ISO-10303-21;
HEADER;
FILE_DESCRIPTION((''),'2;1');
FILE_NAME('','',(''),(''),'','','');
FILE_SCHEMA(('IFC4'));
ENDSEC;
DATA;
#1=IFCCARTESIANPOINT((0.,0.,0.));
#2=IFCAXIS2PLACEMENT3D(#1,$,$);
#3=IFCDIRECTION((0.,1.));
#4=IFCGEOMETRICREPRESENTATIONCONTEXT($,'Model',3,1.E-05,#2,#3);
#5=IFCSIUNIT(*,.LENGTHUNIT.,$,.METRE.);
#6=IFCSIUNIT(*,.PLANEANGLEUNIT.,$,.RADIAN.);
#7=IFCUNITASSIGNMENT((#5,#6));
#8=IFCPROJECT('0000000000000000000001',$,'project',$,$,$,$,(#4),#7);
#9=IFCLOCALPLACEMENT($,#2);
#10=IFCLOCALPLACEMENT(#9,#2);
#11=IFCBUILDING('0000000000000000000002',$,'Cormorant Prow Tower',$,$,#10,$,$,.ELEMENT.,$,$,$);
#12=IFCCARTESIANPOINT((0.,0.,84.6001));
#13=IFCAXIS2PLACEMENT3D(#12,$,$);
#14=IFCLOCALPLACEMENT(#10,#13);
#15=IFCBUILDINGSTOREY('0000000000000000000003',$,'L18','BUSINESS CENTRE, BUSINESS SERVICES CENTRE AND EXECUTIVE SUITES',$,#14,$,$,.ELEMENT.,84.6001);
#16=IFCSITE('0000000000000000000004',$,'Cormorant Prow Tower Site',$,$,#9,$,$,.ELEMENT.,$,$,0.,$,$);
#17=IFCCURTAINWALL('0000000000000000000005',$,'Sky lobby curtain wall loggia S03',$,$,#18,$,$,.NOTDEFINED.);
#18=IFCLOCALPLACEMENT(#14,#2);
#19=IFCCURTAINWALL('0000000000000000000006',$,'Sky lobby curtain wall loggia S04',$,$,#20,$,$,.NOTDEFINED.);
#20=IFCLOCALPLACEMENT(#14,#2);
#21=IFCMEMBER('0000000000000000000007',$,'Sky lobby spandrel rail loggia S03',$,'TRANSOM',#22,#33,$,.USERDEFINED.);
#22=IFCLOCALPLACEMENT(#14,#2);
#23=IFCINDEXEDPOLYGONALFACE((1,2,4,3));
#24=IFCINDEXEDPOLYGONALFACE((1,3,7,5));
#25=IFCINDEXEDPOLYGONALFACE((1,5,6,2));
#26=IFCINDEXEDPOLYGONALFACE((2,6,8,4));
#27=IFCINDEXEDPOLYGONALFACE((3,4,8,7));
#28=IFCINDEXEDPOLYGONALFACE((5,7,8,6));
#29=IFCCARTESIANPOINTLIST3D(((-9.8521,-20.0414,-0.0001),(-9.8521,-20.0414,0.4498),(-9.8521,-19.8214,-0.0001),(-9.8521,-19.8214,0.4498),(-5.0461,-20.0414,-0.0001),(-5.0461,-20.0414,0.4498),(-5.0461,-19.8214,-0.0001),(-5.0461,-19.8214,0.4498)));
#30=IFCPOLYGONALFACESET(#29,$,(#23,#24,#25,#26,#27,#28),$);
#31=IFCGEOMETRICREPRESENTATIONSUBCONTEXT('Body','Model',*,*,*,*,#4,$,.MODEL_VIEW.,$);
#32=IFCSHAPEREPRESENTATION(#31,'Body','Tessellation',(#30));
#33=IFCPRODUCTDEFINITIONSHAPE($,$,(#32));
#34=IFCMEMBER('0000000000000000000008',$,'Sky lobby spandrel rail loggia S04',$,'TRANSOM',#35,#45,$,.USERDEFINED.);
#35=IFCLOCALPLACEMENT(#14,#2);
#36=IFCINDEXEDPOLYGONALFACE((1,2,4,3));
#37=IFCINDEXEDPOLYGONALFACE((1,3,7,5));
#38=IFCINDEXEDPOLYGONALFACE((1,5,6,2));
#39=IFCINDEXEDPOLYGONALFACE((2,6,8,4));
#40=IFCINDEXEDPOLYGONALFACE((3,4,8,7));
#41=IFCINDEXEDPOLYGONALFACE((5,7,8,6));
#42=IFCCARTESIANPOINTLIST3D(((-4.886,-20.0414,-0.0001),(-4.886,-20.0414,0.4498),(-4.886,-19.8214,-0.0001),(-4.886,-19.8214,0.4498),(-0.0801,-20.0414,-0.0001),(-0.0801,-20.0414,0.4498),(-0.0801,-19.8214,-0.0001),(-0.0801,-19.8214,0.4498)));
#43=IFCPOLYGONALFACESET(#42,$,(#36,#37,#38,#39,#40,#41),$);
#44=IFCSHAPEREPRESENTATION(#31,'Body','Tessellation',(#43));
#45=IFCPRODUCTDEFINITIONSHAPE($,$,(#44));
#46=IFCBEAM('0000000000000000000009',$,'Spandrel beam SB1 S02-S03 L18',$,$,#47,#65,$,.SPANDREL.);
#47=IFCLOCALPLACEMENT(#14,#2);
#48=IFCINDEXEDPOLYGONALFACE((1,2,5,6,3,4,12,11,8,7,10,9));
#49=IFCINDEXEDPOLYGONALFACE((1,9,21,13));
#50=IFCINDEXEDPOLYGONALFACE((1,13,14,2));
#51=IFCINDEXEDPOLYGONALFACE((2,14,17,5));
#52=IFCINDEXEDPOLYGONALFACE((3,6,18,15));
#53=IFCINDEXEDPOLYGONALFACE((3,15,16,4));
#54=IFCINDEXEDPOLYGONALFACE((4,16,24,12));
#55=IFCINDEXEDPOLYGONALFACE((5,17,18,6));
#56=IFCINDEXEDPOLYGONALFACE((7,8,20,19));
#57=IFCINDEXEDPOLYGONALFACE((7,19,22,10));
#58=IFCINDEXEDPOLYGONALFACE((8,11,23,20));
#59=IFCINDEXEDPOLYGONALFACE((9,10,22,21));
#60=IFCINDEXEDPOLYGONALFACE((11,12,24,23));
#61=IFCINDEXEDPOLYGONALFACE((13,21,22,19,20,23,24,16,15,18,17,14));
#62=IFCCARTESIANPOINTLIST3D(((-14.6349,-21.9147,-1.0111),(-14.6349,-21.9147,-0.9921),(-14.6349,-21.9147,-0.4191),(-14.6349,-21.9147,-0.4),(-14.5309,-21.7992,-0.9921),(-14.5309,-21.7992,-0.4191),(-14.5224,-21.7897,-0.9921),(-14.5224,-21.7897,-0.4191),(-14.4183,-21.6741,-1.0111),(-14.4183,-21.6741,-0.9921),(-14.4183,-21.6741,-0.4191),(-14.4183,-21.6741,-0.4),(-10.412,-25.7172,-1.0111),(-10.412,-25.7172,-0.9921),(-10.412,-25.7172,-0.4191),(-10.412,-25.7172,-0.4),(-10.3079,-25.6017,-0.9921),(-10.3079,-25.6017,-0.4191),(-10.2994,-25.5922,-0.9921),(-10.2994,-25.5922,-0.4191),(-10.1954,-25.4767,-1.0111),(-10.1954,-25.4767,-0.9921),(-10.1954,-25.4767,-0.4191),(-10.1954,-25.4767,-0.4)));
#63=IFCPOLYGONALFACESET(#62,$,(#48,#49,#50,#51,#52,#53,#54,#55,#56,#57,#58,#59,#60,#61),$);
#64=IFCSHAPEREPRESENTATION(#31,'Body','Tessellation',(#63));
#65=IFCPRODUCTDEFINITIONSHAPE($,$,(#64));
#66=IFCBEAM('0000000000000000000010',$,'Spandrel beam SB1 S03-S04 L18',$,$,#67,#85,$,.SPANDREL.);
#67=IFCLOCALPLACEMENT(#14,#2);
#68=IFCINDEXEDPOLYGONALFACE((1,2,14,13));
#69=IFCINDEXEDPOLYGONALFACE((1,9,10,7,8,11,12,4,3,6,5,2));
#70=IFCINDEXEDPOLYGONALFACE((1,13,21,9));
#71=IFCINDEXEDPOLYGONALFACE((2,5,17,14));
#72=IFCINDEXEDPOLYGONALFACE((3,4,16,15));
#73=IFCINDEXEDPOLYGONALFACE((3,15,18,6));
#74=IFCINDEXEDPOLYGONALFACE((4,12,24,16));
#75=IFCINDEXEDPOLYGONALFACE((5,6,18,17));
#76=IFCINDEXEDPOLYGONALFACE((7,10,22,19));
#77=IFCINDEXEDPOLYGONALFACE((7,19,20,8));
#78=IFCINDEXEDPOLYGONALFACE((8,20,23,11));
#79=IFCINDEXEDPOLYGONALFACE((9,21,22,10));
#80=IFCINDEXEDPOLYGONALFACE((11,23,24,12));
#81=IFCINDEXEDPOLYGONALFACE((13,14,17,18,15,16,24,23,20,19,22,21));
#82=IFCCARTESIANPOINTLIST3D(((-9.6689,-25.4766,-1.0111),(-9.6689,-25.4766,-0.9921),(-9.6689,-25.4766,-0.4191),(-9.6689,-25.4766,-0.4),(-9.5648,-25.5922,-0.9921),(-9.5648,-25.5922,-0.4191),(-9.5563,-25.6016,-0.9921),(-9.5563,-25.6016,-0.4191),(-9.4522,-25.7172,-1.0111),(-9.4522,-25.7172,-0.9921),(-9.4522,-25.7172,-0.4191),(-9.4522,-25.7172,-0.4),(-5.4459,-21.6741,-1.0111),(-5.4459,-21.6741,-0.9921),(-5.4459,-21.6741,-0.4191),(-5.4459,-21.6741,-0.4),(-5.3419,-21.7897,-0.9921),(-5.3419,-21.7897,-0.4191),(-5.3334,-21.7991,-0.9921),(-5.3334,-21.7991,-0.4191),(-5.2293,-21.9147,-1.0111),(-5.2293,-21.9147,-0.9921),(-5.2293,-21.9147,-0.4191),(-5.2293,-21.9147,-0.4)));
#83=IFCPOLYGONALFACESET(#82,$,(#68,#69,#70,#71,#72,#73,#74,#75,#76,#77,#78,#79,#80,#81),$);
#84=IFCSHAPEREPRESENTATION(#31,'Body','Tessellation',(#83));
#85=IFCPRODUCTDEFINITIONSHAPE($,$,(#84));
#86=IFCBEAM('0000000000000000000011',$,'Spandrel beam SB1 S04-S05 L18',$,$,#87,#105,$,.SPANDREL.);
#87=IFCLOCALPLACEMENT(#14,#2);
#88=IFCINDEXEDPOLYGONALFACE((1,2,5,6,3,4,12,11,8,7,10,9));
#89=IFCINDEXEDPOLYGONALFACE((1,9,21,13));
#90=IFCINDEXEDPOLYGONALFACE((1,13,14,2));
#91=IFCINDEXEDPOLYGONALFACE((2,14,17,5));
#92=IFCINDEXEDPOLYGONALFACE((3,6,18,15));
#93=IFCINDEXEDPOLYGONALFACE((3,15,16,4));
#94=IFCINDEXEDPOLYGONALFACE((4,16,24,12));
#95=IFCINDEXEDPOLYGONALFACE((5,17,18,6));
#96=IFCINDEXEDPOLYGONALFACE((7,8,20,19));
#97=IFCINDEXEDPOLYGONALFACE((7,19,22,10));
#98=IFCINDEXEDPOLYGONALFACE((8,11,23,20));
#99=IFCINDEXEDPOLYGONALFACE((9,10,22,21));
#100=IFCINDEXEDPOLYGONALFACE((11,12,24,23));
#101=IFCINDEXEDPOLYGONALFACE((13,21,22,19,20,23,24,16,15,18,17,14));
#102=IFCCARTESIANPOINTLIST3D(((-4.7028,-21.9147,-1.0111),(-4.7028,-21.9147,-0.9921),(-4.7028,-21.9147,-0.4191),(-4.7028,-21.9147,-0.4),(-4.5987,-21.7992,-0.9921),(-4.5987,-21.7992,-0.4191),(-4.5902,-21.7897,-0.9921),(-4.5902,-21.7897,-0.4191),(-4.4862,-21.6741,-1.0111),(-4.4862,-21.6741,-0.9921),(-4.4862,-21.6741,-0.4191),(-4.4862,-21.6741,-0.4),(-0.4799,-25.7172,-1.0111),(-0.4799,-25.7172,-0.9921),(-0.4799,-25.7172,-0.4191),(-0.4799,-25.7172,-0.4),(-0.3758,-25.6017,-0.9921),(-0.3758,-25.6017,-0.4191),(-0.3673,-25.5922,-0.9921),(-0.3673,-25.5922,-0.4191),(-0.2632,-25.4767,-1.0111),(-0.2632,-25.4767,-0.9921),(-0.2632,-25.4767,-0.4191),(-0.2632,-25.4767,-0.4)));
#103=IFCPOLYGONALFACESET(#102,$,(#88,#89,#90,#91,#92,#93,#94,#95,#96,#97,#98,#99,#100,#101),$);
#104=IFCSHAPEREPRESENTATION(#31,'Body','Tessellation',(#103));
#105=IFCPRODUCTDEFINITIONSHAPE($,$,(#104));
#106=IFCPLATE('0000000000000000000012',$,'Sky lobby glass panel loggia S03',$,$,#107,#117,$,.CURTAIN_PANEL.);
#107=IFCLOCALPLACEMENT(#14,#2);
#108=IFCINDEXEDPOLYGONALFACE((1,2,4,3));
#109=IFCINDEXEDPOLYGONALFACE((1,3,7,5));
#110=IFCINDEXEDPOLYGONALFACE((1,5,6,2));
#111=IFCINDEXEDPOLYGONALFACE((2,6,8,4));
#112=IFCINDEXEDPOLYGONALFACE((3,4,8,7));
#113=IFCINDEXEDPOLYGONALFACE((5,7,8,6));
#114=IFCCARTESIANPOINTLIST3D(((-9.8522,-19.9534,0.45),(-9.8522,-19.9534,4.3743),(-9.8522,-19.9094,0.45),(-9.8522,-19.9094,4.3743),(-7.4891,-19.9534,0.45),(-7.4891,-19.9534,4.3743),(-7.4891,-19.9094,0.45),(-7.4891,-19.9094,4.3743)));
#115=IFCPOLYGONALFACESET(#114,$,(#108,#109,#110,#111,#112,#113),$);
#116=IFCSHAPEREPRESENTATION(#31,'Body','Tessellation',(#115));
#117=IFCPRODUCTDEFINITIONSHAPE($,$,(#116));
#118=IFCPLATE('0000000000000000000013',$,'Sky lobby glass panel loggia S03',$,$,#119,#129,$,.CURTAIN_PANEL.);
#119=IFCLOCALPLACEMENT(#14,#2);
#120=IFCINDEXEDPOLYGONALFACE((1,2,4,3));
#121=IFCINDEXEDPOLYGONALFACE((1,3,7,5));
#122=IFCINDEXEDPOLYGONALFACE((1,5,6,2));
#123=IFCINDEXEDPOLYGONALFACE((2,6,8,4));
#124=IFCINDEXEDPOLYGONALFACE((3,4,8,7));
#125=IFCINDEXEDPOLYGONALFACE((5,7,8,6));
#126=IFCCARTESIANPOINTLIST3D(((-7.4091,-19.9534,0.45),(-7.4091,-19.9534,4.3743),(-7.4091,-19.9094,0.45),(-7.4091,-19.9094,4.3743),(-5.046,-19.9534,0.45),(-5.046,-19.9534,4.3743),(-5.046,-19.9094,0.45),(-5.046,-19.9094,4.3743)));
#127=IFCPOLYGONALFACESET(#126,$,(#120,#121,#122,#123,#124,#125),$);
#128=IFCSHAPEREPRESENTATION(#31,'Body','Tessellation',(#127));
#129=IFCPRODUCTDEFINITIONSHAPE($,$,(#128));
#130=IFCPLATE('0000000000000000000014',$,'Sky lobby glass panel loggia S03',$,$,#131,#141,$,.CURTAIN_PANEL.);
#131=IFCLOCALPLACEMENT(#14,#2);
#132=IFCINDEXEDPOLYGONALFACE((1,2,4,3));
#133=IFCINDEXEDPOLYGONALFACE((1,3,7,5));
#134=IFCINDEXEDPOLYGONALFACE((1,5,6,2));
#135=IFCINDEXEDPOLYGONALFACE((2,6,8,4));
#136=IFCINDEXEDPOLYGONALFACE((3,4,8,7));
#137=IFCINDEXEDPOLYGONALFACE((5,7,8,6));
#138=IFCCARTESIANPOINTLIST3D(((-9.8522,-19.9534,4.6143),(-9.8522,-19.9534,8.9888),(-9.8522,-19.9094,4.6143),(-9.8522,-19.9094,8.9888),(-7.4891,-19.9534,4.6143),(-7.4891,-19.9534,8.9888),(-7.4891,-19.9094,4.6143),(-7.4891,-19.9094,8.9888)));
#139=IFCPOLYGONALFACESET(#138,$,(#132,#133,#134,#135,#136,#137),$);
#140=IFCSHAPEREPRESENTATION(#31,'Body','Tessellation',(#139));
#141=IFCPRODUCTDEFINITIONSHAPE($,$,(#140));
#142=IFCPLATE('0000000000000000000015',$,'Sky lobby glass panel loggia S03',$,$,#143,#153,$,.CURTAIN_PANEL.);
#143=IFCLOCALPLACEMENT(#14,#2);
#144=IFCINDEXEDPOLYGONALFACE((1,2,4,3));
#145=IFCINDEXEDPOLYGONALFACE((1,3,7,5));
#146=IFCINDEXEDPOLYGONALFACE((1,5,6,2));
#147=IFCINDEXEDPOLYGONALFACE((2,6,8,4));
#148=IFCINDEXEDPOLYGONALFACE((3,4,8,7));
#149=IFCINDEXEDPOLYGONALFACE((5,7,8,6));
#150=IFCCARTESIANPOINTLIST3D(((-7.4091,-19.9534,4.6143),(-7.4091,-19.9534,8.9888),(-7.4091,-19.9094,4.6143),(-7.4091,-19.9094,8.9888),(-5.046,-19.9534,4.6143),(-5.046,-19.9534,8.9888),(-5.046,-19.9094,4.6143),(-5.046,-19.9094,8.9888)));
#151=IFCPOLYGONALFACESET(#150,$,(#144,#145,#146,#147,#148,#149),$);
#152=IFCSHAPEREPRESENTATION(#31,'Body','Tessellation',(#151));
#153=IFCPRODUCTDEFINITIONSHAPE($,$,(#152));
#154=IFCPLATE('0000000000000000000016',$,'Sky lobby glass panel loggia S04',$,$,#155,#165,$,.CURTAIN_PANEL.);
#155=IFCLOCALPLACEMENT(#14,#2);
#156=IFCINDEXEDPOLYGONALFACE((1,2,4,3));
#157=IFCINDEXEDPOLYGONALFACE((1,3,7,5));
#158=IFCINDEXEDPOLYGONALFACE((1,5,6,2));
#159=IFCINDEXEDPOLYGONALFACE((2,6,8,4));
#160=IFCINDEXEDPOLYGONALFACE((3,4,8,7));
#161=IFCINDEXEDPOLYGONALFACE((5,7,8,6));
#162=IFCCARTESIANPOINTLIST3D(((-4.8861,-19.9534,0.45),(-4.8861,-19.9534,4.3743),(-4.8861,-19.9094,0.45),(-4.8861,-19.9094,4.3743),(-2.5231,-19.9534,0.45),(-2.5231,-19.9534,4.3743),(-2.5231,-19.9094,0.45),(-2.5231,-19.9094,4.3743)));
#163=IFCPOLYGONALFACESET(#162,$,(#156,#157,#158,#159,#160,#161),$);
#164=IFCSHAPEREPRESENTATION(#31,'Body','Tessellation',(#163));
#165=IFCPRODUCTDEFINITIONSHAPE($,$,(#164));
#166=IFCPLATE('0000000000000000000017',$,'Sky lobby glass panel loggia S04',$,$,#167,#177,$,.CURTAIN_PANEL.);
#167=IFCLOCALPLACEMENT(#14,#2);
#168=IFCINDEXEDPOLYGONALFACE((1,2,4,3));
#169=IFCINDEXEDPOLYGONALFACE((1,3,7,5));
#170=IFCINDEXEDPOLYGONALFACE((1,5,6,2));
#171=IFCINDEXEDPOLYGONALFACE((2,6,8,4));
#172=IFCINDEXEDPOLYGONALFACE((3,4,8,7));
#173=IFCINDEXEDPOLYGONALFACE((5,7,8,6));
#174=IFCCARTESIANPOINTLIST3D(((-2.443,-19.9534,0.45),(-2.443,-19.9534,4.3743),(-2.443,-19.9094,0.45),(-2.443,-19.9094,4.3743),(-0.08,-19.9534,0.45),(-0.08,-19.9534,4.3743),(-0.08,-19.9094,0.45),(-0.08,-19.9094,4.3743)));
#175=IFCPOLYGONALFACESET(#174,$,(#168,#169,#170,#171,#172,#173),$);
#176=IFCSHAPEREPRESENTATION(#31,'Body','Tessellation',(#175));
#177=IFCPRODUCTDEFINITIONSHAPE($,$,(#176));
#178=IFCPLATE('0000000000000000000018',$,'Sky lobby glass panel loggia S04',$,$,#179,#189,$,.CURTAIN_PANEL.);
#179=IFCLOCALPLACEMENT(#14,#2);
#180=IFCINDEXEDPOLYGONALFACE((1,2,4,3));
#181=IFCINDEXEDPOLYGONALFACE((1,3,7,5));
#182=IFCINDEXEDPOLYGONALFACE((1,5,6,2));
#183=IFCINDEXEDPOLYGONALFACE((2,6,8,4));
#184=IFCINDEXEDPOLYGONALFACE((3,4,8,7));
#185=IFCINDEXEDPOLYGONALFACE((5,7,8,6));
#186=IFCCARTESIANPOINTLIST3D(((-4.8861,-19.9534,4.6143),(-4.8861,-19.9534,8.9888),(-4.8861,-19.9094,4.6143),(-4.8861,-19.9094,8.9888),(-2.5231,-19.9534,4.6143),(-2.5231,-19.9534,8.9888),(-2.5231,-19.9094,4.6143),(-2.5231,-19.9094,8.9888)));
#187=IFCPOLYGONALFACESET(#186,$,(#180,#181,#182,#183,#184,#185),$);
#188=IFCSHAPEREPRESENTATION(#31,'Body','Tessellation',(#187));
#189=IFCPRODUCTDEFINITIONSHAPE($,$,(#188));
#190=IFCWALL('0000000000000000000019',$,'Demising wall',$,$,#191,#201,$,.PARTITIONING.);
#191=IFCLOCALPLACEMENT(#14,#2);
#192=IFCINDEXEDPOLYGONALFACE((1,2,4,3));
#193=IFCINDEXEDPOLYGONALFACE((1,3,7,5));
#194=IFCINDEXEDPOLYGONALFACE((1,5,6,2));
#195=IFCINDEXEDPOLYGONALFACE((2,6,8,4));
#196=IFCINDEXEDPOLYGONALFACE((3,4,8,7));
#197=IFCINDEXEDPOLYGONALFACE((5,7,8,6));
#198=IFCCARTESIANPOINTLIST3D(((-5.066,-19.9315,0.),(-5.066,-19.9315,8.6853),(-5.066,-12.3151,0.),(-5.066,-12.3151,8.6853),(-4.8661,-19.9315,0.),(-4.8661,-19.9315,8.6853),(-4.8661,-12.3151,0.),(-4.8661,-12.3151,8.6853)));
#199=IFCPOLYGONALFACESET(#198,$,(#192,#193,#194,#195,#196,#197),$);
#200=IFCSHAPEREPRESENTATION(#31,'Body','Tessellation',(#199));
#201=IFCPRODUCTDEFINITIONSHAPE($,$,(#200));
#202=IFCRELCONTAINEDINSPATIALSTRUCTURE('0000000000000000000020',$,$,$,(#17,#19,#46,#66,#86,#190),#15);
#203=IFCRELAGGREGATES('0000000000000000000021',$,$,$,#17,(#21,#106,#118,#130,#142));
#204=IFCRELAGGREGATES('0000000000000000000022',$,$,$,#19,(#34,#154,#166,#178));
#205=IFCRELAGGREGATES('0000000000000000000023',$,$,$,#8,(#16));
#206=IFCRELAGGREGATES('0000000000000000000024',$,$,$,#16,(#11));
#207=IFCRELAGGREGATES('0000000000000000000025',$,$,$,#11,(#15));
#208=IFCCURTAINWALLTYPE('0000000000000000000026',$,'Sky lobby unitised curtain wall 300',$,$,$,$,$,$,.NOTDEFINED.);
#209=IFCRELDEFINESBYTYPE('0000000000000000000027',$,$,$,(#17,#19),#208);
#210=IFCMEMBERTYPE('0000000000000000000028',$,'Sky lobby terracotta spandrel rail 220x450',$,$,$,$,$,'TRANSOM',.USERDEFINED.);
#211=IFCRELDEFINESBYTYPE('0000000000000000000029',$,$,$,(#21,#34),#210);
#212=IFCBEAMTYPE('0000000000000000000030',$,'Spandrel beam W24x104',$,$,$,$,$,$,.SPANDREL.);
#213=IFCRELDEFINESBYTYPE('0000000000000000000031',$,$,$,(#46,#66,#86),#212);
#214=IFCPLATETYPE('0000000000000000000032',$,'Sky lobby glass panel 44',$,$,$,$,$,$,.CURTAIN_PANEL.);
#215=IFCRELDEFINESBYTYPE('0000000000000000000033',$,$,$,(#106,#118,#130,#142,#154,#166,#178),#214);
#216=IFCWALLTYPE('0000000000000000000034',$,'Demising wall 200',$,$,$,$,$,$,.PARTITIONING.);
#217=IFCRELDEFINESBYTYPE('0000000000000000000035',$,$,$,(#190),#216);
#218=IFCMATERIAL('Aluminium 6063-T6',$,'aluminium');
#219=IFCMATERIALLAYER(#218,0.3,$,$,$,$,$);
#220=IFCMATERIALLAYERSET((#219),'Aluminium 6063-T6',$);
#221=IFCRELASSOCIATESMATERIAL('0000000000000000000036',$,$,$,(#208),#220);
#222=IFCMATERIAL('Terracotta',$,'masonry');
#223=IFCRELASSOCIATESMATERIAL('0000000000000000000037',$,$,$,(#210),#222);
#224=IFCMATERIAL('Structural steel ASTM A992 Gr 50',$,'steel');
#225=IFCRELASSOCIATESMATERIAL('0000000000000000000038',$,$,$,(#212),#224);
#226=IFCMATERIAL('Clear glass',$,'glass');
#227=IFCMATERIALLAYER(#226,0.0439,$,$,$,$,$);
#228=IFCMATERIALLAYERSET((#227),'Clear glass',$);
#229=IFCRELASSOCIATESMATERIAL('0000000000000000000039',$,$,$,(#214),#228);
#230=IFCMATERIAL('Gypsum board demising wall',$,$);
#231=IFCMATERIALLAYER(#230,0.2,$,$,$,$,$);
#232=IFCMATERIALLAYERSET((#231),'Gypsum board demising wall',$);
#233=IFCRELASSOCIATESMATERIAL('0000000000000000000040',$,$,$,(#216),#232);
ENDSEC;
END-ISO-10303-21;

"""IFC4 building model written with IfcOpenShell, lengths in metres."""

from ifc_helpers import new_model, si_unit, direction, frame, frame_2d, origin, origin_2d, place, context, subcontext, project, spatial, rectangle, i_section, extrude, material, layer, layer_set, material_profile, profile_set, type_object, element, aggregate, save


model = new_model("IFC4")

# Units and contexts
model_context = context("Model", 3, precision=1e-05, world=origin(), true_north=direction((0.0, 1.0)))
body_context = subcontext(model_context, "Body", "Model", "MODEL_VIEW")
ifc_project = project(units=[si_unit("LENGTHUNIT", "METRE"), si_unit("PLANEANGLEUNIT", "RADIAN")], contexts=[model_context])

# Site, building, storey
site_placement = place(None, origin())
site = spatial("IfcSite", under=ifc_project, at=site_placement, Name="Cormorant Prow Tower Site", CompositionType="ELEMENT", RefElevation=0.0)
building_placement = place(site_placement, origin())
building = spatial("IfcBuilding", under=site, at=building_placement, Name="Cormorant Prow Tower", CompositionType="ELEMENT")
storey_placement = place(building_placement, frame((0.0, 0.0, 84.6001)))
storey = spatial("IfcBuildingStorey", under=building, at=storey_placement, Name="L18", Description="BUSINESS CENTRE, BUSINESS SERVICES CENTRE AND EXECUTIVE SUITES", CompositionType="ELEMENT", Elevation=84.6001)

# Curtain walls
ifc_material_1 = material(Name="Aluminium 6063-T6", Category="aluminium")
ifc_layer_1 = layer(ifc_material_1, 0.3)
ifc_layer_set_1 = layer_set([ifc_layer_1], Name="Aluminium 6063-T6")
curtain_wall_type = type_object("IfcCurtainWallType", Name="Sky lobby unitised curtain wall 300", PredefinedType="NOTDEFINED", material=ifc_layer_set_1)
curtain_wall_1_placement = place(storey_placement, origin())
curtain_wall_1 = element("IfcCurtainWall", 1, at=curtain_wall_1_placement, inside=storey, type_object=curtain_wall_type, Name="Sky lobby curtain wall loggia S03", PredefinedType="NOTDEFINED")
curtain_wall_2_placement = place(storey_placement, origin())
curtain_wall_2 = element("IfcCurtainWall", 2, at=curtain_wall_2_placement, inside=storey, type_object=curtain_wall_type, Name="Sky lobby curtain wall loggia S04", PredefinedType="NOTDEFINED")

# Members
ifc_material_2 = material(Name="Terracotta", Category="masonry")
ifc_material_profile_1 = material_profile(ifc_material_2, rectangle(XDim=0.22, YDim=0.45, at=origin_2d()), Name="Sky lobby terracotta spandrel rail 220x450")
ifc_profile_set_1 = profile_set([ifc_material_profile_1], Name="Terracotta")
member_type_1 = type_object("IfcMemberType", Name="Sky lobby terracotta spandrel rail 220x450", ElementType="TRANSOM", PredefinedType="USERDEFINED", material=ifc_profile_set_1)
member_1_placement = place(storey_placement, frame((-9.8521, -19.9314, 0.2249), z_axis=(1.0, 0.0, 0.0), x_axis=(0.0, 1.0, 0.0)))
member_1 = element("IfcMember", 3, at=member_1_placement, type_object=member_type_1, Name="Sky lobby spandrel rail loggia S03", ObjectType="TRANSOM", PredefinedType="USERDEFINED", context=body_context, shape_type="SweptSolid", body=[
    extrude(rectangle(XDim=0.22, YDim=0.45, at=origin_2d()), origin(), (0.0, 0.0, 1.0), 4.8059),
])
member_2_placement = place(storey_placement, frame((-4.886, -19.9314, 0.2249), z_axis=(1.0, 0.0, 0.0), x_axis=(0.0, 1.0, 0.0)))
member_2 = element("IfcMember", 4, at=member_2_placement, type_object=member_type_1, Name="Sky lobby spandrel rail loggia S04", ObjectType="TRANSOM", PredefinedType="USERDEFINED", context=body_context, shape_type="SweptSolid", body=[
    extrude(rectangle(XDim=0.22, YDim=0.45, at=origin_2d()), origin(), (0.0, 0.0, 1.0), 4.8059),
])

# Beams
ifc_material_3 = material(Name="Structural steel ASTM A992 Gr 50", Category="steel")
ifc_material_profile_2 = material_profile(ifc_material_3, i_section(OverallWidth=0.3237, OverallDepth=0.6111, WebThickness=0.0127, FlangeThickness=0.019, at=origin_2d()), Name="W24x104")
ifc_profile_set_2 = profile_set([ifc_material_profile_2], Name="Structural steel ASTM A992 Gr 50")
beam_type = type_object("IfcBeamType", Name="Spandrel beam W24x104", PredefinedType="SPANDREL", material=ifc_profile_set_2)
for number, where, z_axis, x_axis, name in (
    (5, (-14.5266, -21.7944, -0.7056), (0.74313, -0.669147, 0.0), (0.669147, 0.74313, 0.0), "Spandrel beam SB1 S02-S03 L18"),
    (6, (-9.5605, -25.5969, -0.7056), (0.74313, 0.669147, 0.0), (-0.669147, 0.74313, 0.0), "Spandrel beam SB1 S03-S04 L18"),
    (7, (-4.5945, -21.7944, -0.7056), (0.74313, -0.669147, 0.0), (0.669147, 0.74313, 0.0), "Spandrel beam SB1 S04-S05 L18"),
):
    element("IfcBeam", number, at=place(storey_placement, frame(where, z_axis=z_axis, x_axis=x_axis)), inside=storey, type_object=beam_type, Name=name, PredefinedType="SPANDREL", context=body_context, shape_type="SweptSolid", body=[
        extrude(i_section(OverallWidth=0.3237, OverallDepth=0.6111, WebThickness=0.0127, FlangeThickness=0.019, at=origin_2d()), origin(), (0.0, 0.0, 1.0), 5.6826),
    ])

# Plates
ifc_material_4 = material(Name="Clear glass", Category="glass")
ifc_layer_2 = layer(ifc_material_4, 0.0439)
ifc_layer_set_2 = layer_set([ifc_layer_2], Name="Clear glass")
plate_type = type_object("IfcPlateType", Name="Sky lobby glass panel 44", PredefinedType="CURTAIN_PANEL", material=ifc_layer_set_2)
plate_1_placement = place(storey_placement, frame((-8.6707, -19.9314, 0.45), z_axis=(0.0, 0.0, 1.0), x_axis=(1.0, 0.0, 0.0)))
plate_1 = element("IfcPlate", 8, at=plate_1_placement, type_object=plate_type, Name="Sky lobby glass panel loggia S03", PredefinedType="CURTAIN_PANEL", context=body_context, shape_type="SweptSolid", body=[
    extrude(rectangle(XDim=2.363, YDim=0.0439, at=origin_2d()), origin(), (0.0, 0.0, 1.0), 3.9243),
])
plate_2_placement = place(storey_placement, frame((-6.2275, -19.9314, 0.45), z_axis=(0.0, 0.0, 1.0), x_axis=(1.0, 0.0, 0.0)))
plate_2 = element("IfcPlate", 9, at=plate_2_placement, type_object=plate_type, Name="Sky lobby glass panel loggia S03", PredefinedType="CURTAIN_PANEL", context=body_context, shape_type="SweptSolid", body=[
    extrude(rectangle(XDim=2.363, YDim=0.0439, at=origin_2d()), origin(), (0.0, 0.0, 1.0), 3.9243),
])
plate_3_placement = place(storey_placement, frame((-8.6707, -19.9314, 4.6143), z_axis=(0.0, 0.0, 1.0), x_axis=(1.0, 0.0, 0.0)))
plate_3 = element("IfcPlate", 10, at=plate_3_placement, type_object=plate_type, Name="Sky lobby glass panel loggia S03", PredefinedType="CURTAIN_PANEL", context=body_context, shape_type="SweptSolid", body=[
    extrude(rectangle(XDim=2.363, YDim=0.0439, at=origin_2d()), origin(), (0.0, 0.0, 1.0), 4.3745),
])
plate_4_placement = place(storey_placement, frame((-6.2275, -19.9314, 4.6143), z_axis=(0.0, 0.0, 1.0), x_axis=(1.0, 0.0, 0.0)))
plate_4 = element("IfcPlate", 11, at=plate_4_placement, type_object=plate_type, Name="Sky lobby glass panel loggia S03", PredefinedType="CURTAIN_PANEL", context=body_context, shape_type="SweptSolid", body=[
    extrude(rectangle(XDim=2.363, YDim=0.0439, at=origin_2d()), origin(), (0.0, 0.0, 1.0), 4.3745),
])
aggregate(curtain_wall_1, [member_1, plate_1, plate_2, plate_3, plate_4])
plate_5_placement = place(storey_placement, frame((-3.7046, -19.9314, 0.45), z_axis=(0.0, 0.0, 1.0), x_axis=(1.0, 0.0, 0.0)))
plate_5 = element("IfcPlate", 12, at=plate_5_placement, type_object=plate_type, Name="Sky lobby glass panel loggia S04", PredefinedType="CURTAIN_PANEL", context=body_context, shape_type="SweptSolid", body=[
    extrude(rectangle(XDim=2.363, YDim=0.0439, at=origin_2d()), origin(), (0.0, 0.0, 1.0), 3.9243),
])
plate_6_placement = place(storey_placement, frame((-1.2615, -19.9314, 0.45), z_axis=(0.0, 0.0, 1.0), x_axis=(1.0, 0.0, 0.0)))
plate_6 = element("IfcPlate", 13, at=plate_6_placement, type_object=plate_type, Name="Sky lobby glass panel loggia S04", PredefinedType="CURTAIN_PANEL", context=body_context, shape_type="SweptSolid", body=[
    extrude(rectangle(XDim=2.363, YDim=0.0439, at=origin_2d()), origin(), (0.0, 0.0, 1.0), 3.9243),
])
plate_7_placement = place(storey_placement, frame((-3.7046, -19.9314, 4.6143), z_axis=(0.0, 0.0, 1.0), x_axis=(1.0, 0.0, 0.0)))
plate_7 = element("IfcPlate", 14, at=plate_7_placement, type_object=plate_type, Name="Sky lobby glass panel loggia S04", PredefinedType="CURTAIN_PANEL", context=body_context, shape_type="SweptSolid", body=[
    extrude(rectangle(XDim=2.363, YDim=0.0439, at=origin_2d()), origin(), (0.0, 0.0, 1.0), 4.3745),
])
aggregate(curtain_wall_2, [member_2, plate_5, plate_6, plate_7])

# Wall
ifc_material_5 = material(Name="Gypsum board demising wall")
ifc_layer_3 = layer(ifc_material_5, 0.2)
ifc_layer_set_3 = layer_set([ifc_layer_3], Name="Gypsum board demising wall")
wall_type = type_object("IfcWallType", Name="Demising wall 200", PredefinedType="PARTITIONING", material=ifc_layer_set_3)
wall_placement = place(storey_placement, frame((-4.9661, -19.9314, 0.0), z_axis=(0.0, 0.0, 1.0), x_axis=(0.0, 1.0, 0.0)))
element("IfcWall", 15, at=wall_placement, inside=storey, type_object=wall_type, Name="Demising wall", PredefinedType="PARTITIONING", context=body_context, shape_type="SweptSolid", body=[
    extrude(rectangle(XDim=7.6165, YDim=0.2, at=frame_2d((3.8081, 0.0))), origin(), (0.0, 0.0, 1.0), 8.6853),
])

save(model, "model.ifc")
